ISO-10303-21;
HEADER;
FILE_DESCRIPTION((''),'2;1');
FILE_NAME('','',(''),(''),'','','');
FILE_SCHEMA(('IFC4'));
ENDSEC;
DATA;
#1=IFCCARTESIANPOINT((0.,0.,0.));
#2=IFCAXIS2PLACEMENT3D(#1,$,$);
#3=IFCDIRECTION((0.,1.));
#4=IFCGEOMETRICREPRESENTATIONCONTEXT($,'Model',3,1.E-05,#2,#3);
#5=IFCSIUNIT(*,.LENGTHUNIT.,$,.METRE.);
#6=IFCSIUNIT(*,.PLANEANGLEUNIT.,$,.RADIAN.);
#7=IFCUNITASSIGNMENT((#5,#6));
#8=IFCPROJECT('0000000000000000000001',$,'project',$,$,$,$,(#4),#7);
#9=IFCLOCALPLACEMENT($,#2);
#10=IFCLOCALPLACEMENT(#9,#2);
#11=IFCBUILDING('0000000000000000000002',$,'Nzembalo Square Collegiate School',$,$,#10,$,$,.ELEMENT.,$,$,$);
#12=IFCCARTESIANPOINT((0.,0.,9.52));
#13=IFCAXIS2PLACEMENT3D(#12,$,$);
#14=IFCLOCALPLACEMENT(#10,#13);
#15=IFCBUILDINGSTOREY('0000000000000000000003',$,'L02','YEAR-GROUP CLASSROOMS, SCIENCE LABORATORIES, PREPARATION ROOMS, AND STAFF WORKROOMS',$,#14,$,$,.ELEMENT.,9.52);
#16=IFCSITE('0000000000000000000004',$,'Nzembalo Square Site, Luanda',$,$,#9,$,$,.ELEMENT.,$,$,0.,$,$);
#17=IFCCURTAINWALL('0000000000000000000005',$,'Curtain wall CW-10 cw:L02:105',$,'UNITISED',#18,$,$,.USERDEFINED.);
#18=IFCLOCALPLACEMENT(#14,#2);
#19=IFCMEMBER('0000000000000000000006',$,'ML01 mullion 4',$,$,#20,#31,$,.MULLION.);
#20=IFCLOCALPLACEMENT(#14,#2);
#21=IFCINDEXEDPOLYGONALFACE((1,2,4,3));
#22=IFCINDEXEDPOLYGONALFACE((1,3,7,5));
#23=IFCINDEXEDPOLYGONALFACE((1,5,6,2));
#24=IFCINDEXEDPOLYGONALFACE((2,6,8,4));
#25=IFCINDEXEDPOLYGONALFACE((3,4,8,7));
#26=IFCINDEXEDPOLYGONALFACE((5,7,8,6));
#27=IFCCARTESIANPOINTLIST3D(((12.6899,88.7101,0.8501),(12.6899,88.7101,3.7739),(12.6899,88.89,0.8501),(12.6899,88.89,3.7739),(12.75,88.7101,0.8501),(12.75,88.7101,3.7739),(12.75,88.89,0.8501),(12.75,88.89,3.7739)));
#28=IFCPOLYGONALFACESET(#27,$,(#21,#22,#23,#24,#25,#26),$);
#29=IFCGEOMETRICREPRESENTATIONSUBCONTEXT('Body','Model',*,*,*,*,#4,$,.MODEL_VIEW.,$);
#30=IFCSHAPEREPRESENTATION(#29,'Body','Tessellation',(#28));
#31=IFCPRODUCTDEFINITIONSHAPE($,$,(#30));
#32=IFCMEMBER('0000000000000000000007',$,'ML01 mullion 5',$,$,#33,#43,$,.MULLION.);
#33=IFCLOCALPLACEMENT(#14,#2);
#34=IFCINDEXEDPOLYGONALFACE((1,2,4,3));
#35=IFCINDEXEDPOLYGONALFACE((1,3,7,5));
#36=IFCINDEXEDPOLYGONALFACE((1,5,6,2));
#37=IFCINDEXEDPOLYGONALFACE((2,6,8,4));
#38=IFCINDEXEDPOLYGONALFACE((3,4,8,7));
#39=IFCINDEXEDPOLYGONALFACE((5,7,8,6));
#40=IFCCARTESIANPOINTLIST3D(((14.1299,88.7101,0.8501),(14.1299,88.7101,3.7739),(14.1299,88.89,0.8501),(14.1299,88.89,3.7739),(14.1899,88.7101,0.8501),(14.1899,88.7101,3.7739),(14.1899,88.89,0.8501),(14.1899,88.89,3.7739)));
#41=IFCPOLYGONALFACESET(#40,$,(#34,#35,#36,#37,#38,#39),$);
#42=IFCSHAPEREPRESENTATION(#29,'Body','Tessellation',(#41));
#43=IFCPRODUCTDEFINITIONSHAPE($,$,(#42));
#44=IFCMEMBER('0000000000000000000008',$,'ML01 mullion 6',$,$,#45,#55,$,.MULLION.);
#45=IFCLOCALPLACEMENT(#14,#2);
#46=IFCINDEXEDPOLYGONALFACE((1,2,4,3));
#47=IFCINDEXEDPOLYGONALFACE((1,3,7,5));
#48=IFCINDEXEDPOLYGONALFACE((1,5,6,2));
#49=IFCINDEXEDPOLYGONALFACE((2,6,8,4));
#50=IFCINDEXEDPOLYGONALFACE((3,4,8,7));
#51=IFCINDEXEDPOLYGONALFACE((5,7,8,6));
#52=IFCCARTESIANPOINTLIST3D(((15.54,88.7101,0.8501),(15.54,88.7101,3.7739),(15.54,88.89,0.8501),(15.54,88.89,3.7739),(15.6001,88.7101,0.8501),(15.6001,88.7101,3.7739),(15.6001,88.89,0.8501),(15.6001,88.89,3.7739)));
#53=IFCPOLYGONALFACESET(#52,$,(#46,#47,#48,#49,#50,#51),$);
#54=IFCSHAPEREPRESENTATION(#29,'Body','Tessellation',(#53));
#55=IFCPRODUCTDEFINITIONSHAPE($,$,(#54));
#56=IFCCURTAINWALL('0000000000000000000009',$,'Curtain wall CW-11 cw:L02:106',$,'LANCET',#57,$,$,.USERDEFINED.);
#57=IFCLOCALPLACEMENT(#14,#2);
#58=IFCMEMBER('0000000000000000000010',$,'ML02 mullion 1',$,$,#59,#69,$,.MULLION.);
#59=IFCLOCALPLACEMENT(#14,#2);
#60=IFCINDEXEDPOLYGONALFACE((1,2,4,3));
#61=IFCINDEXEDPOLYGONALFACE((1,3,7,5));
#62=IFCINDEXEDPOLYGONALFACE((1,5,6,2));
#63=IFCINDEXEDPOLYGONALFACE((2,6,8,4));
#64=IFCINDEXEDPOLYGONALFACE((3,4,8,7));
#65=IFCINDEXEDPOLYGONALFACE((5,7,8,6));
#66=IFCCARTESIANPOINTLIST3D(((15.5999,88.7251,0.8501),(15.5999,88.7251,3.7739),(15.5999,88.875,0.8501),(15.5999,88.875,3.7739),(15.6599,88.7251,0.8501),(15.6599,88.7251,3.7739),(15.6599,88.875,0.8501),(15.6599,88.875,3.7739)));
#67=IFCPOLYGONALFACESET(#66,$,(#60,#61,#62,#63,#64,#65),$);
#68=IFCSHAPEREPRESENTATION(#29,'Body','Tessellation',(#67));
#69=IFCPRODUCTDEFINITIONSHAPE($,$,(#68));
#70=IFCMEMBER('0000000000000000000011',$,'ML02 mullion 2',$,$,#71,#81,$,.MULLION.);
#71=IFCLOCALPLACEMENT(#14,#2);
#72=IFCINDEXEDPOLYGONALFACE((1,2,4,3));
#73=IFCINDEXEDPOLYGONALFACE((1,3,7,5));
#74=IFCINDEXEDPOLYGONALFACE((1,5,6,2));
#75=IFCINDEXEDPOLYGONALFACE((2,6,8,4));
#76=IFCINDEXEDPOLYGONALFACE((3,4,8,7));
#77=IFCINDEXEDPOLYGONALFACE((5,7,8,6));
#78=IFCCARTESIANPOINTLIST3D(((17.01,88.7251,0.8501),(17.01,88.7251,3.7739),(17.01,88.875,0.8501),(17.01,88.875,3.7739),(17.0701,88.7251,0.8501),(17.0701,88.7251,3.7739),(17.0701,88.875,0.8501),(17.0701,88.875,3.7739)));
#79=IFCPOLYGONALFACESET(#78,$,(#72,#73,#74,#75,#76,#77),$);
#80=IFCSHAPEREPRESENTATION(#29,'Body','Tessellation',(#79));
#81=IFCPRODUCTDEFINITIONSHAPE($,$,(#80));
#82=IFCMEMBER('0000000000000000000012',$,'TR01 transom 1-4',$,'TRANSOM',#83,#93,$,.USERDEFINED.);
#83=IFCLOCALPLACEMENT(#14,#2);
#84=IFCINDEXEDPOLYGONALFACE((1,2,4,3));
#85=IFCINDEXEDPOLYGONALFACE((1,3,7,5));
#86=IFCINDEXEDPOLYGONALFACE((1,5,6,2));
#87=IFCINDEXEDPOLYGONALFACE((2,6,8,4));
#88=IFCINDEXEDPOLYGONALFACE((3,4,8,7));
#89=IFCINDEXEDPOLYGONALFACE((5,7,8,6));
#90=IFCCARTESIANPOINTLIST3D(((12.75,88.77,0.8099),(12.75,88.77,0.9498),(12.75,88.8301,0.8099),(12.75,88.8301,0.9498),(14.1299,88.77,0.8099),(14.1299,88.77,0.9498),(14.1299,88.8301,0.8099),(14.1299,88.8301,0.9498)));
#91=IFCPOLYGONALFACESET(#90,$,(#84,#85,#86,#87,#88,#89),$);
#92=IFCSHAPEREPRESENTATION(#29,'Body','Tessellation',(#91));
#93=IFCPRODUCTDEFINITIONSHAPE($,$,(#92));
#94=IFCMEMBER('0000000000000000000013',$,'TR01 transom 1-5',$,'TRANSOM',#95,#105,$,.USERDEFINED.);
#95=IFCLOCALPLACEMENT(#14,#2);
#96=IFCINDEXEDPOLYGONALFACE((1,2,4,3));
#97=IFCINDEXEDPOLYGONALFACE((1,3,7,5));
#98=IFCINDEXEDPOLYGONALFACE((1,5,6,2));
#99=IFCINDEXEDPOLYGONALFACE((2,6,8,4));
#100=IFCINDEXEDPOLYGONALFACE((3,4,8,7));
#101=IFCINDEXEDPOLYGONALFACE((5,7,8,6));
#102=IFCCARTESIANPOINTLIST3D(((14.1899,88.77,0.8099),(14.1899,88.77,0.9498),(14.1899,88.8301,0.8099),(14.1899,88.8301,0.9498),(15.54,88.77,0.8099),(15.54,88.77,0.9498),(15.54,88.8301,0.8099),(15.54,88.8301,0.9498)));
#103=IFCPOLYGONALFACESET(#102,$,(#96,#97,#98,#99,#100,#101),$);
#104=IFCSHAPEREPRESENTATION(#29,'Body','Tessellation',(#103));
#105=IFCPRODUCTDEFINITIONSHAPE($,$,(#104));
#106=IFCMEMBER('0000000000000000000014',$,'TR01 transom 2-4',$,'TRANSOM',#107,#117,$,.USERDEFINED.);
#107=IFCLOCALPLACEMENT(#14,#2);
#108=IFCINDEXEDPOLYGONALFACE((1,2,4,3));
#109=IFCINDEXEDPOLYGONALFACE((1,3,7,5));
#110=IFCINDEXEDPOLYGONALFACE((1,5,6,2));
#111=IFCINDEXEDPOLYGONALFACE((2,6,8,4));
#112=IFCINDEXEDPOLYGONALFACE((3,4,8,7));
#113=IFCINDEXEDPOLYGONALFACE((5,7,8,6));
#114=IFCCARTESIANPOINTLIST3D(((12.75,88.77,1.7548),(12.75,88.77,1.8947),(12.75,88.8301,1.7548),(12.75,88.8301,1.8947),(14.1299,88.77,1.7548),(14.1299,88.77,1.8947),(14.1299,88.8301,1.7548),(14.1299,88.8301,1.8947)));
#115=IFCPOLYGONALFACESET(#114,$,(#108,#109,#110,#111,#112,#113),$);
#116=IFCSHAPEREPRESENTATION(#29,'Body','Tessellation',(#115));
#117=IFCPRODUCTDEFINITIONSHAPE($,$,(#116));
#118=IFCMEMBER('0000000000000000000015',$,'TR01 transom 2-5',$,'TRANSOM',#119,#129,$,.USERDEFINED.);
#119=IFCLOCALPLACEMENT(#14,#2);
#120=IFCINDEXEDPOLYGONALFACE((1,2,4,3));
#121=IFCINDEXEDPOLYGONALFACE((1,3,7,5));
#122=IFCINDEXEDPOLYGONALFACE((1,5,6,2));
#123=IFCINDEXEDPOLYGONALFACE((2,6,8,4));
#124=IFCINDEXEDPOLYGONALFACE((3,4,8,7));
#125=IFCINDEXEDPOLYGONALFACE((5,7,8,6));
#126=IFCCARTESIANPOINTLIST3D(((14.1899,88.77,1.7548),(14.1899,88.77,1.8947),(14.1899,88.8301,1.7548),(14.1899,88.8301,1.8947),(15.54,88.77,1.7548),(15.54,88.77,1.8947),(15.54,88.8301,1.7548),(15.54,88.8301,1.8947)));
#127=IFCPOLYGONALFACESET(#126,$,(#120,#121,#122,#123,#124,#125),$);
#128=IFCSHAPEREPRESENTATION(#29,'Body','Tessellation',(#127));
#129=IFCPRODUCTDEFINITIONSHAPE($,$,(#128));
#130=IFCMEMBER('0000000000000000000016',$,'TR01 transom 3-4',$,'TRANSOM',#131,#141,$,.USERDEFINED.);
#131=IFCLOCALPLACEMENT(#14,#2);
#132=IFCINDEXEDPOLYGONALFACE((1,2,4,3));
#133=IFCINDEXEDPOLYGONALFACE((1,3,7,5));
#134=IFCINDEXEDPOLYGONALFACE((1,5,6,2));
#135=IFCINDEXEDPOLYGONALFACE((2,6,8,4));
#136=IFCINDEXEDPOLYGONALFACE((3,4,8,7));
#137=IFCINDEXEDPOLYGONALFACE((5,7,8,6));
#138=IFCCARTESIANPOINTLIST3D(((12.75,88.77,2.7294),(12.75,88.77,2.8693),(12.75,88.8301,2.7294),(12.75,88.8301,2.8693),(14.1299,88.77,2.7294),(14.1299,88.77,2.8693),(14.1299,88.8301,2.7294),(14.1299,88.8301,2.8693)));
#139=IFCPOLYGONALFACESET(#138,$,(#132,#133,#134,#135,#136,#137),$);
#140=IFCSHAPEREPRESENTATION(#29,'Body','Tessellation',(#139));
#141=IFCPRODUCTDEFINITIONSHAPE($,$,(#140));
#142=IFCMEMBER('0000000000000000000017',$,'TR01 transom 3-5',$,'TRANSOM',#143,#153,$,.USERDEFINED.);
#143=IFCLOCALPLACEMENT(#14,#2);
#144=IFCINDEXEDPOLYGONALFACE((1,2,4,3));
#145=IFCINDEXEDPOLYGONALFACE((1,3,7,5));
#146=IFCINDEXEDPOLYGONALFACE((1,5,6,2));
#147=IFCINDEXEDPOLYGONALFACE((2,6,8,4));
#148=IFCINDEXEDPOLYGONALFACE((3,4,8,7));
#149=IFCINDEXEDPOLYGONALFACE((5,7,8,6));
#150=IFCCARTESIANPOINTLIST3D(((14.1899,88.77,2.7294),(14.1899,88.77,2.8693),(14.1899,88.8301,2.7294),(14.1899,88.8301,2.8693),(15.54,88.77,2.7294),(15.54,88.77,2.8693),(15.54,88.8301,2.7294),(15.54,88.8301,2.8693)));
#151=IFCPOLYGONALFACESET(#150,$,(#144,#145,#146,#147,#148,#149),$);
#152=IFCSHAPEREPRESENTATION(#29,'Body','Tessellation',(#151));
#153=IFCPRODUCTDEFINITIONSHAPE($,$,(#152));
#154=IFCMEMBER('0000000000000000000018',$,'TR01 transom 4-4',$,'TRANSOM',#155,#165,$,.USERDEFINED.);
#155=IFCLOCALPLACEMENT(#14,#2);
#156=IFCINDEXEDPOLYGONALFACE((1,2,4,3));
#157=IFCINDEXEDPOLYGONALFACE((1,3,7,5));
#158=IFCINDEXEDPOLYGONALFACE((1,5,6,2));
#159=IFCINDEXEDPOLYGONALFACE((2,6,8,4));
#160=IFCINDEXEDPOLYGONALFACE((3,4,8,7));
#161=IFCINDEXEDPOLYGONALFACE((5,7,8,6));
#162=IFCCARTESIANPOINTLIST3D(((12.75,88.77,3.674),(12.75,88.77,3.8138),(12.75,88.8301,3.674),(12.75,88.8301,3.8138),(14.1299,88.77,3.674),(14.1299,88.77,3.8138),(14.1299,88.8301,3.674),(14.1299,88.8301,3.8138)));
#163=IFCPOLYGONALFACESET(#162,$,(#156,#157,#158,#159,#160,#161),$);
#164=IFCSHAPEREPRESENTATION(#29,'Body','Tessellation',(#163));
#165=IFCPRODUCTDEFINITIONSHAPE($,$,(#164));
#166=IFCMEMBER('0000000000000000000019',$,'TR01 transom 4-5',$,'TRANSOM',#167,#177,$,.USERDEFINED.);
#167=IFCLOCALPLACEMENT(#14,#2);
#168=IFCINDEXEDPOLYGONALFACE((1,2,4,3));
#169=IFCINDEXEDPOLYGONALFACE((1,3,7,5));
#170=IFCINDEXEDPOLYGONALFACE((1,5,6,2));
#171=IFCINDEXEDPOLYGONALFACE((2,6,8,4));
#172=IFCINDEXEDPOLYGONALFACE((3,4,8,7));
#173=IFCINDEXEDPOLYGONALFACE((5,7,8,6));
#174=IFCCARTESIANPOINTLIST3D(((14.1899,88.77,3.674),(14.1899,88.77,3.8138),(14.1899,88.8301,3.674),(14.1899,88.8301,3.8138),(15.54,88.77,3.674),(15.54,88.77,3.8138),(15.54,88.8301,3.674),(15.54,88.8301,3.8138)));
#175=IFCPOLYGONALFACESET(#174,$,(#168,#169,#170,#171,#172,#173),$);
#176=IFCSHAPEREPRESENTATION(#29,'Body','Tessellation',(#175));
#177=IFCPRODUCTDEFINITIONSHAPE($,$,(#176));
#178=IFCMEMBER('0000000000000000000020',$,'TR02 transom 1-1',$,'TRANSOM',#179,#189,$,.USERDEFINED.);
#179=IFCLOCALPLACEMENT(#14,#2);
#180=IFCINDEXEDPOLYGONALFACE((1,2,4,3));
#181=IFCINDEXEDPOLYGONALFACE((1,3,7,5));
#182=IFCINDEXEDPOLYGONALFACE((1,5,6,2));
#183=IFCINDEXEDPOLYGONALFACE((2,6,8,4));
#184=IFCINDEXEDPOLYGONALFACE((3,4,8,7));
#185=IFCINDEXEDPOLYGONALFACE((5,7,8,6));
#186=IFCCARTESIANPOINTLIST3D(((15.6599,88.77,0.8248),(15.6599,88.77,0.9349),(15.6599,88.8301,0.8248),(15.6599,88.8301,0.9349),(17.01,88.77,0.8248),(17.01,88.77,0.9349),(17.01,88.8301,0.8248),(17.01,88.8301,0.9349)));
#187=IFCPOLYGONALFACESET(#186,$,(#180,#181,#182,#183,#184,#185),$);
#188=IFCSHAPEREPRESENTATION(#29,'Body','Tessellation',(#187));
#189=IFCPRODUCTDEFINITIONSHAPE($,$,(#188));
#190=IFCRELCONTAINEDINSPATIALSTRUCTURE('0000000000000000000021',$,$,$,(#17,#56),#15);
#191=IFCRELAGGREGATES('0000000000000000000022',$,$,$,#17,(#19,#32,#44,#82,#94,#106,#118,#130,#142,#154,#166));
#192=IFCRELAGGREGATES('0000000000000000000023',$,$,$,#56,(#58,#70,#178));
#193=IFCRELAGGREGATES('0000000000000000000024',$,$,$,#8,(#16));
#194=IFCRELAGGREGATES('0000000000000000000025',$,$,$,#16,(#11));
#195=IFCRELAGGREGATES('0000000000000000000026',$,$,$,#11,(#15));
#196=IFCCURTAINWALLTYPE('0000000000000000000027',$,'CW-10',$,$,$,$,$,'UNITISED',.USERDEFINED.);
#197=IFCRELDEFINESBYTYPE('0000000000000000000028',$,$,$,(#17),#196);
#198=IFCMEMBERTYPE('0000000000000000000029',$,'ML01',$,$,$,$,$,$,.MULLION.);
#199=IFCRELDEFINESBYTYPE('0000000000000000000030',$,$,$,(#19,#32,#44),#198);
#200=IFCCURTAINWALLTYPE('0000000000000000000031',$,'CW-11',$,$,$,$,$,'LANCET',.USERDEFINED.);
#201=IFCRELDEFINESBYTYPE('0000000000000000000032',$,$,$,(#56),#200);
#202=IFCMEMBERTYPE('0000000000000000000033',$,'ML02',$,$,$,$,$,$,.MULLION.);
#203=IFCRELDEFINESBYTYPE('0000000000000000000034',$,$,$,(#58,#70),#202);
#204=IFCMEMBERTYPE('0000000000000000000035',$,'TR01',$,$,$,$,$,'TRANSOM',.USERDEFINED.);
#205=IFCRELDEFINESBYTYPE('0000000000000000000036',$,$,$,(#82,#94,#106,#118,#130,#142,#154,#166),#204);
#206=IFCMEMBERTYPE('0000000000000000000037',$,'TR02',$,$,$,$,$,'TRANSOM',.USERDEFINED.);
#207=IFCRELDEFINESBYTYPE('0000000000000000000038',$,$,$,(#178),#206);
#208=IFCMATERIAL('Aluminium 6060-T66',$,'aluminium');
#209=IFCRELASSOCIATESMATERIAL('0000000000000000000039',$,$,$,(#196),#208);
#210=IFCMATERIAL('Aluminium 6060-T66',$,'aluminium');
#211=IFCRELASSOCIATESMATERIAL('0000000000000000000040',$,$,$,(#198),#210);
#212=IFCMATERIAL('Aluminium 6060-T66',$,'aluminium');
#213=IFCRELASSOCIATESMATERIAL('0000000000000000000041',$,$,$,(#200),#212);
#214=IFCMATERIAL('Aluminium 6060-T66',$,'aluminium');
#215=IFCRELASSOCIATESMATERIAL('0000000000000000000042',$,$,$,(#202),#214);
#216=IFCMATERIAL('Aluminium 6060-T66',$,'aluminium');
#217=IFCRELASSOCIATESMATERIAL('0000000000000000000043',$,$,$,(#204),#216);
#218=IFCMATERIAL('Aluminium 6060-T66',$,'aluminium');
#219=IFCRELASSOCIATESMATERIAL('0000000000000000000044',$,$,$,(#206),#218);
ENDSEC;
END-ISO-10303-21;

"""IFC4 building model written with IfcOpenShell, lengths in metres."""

from ifc_helpers import new_model, si_unit, direction, frame, origin, origin_2d, place, context, subcontext, project, spatial, rectangle, extrude, material, material_profile, profile_set, type_object, element, aggregate, save


model = new_model("IFC4")

# Units and contexts
model_context = context("Model", 3, precision=1e-05, world=origin(), true_north=direction((0.0, 1.0)))
body_context = subcontext(model_context, "Body", "Model", "MODEL_VIEW")
ifc_project = project(units=[si_unit("LENGTHUNIT", "METRE"), si_unit("PLANEANGLEUNIT", "RADIAN")], contexts=[model_context])

# Site, building, storey
site_placement = place(None, origin())
site = spatial("IfcSite", under=ifc_project, at=site_placement, Name="Nzembalo Square Site, Luanda", CompositionType="ELEMENT", RefElevation=0.0)
building_placement = place(site_placement, origin())
building = spatial("IfcBuilding", under=site, at=building_placement, Name="Nzembalo Square Collegiate School", CompositionType="ELEMENT")
storey_placement = place(building_placement, frame((0.0, 0.0, 9.52)))
storey = spatial("IfcBuildingStorey", under=building, at=storey_placement, Name="L02", Description="YEAR-GROUP CLASSROOMS, SCIENCE LABORATORIES, PREPARATION ROOMS, AND STAFF WORKROOMS", CompositionType="ELEMENT", Elevation=9.52)

# Curtain walls, members
ifc_material_1 = material(Name="Aluminium 6060-T66", Category="aluminium")
curtain_wall_type_1 = type_object("IfcCurtainWallType", Name="CW-10", ElementType="UNITISED", PredefinedType="USERDEFINED", material=ifc_material_1)
curtain_wall_1_placement = place(storey_placement, origin())
curtain_wall_1 = element("IfcCurtainWall", 1, at=curtain_wall_1_placement, inside=storey, type_object=curtain_wall_type_1, Name="Curtain wall CW-10 cw:L02:105", ObjectType="UNITISED", PredefinedType="USERDEFINED")
ifc_material_2 = material(Name="Aluminium 6060-T66", Category="aluminium")
ifc_material_profile_1 = material_profile(ifc_material_2, rectangle(XDim=0.0601, YDim=0.1799, at=origin_2d()), Name="ALU M60x180")
ifc_profile_set_1 = profile_set([ifc_material_profile_1], Name="Aluminium 6060-T66")
member_type_1 = type_object("IfcMemberType", Name="ML01", PredefinedType="MULLION", material=ifc_profile_set_1)
member_1_placement = place(storey_placement, frame((12.72, 88.8, 0.8501), z_axis=(0.0, 0.0, 1.0), x_axis=(1.0, 0.0, 0.0)))
member_1 = element("IfcMember", 2, at=member_1_placement, type_object=member_type_1, Name="ML01 mullion 4", PredefinedType="MULLION", context=body_context, shape_type="SweptSolid", body=[
    extrude(rectangle(XDim=0.0601, YDim=0.1799, at=origin_2d()), origin(), (0.0, 0.0, 1.0), 2.9238),
])
member_2_placement = place(storey_placement, frame((14.1599, 88.8, 0.8501), z_axis=(0.0, 0.0, 1.0), x_axis=(1.0, 0.0, 0.0)))
member_2 = element("IfcMember", 3, at=member_2_placement, type_object=member_type_1, Name="ML01 mullion 5", PredefinedType="MULLION", context=body_context, shape_type="SweptSolid", body=[
    extrude(rectangle(XDim=0.0601, YDim=0.1799, at=origin_2d()), origin(), (0.0, 0.0, 1.0), 2.9238),
])
member_3_placement = place(storey_placement, frame((15.5701, 88.8, 0.8501), z_axis=(0.0, 0.0, 1.0), x_axis=(1.0, 0.0, 0.0)))
member_3 = element("IfcMember", 4, at=member_3_placement, type_object=member_type_1, Name="ML01 mullion 6", PredefinedType="MULLION", context=body_context, shape_type="SweptSolid", body=[
    extrude(rectangle(XDim=0.0601, YDim=0.1799, at=origin_2d()), origin(), (0.0, 0.0, 1.0), 2.9238),
])
ifc_material_3 = material(Name="Aluminium 6060-T66", Category="aluminium")
curtain_wall_type_2 = type_object("IfcCurtainWallType", Name="CW-11", ElementType="LANCET", PredefinedType="USERDEFINED", material=ifc_material_3)
curtain_wall_2_placement = place(storey_placement, origin())
curtain_wall_2 = element("IfcCurtainWall", 5, at=curtain_wall_2_placement, inside=storey, type_object=curtain_wall_type_2, Name="Curtain wall CW-11 cw:L02:106", ObjectType="LANCET", PredefinedType="USERDEFINED")
ifc_material_4 = material(Name="Aluminium 6060-T66", Category="aluminium")
ifc_material_profile_2 = material_profile(ifc_material_4, rectangle(XDim=0.0601, YDim=0.1499, at=origin_2d()), Name="ALU M60x150")
ifc_profile_set_2 = profile_set([ifc_material_profile_2], Name="Aluminium 6060-T66")
member_type_2 = type_object("IfcMemberType", Name="ML02", PredefinedType="MULLION", material=ifc_profile_set_2)
member_4_placement = place(storey_placement, frame((15.6299, 88.8, 0.8501), z_axis=(0.0, 0.0, 1.0), x_axis=(1.0, 0.0, 0.0)))
member_4 = element("IfcMember", 6, at=member_4_placement, type_object=member_type_2, Name="ML02 mullion 1", PredefinedType="MULLION", context=body_context, shape_type="SweptSolid", body=[
    extrude(rectangle(XDim=0.0601, YDim=0.1499, at=origin_2d()), origin(), (0.0, 0.0, 1.0), 2.9238),
])
member_5_placement = place(storey_placement, frame((17.04, 88.8, 0.8501), z_axis=(0.0, 0.0, 1.0), x_axis=(1.0, 0.0, 0.0)))
member_5 = element("IfcMember", 7, at=member_5_placement, type_object=member_type_2, Name="ML02 mullion 2", PredefinedType="MULLION", context=body_context, shape_type="SweptSolid", body=[
    extrude(rectangle(XDim=0.0601, YDim=0.1499, at=origin_2d()), origin(), (0.0, 0.0, 1.0), 2.9238),
])

# Members
ifc_material_5 = material(Name="Aluminium 6060-T66", Category="aluminium")
ifc_material_profile_3 = material_profile(ifc_material_5, rectangle(XDim=0.0601, YDim=0.1399, at=origin_2d()), Name="ALU T60x140")
ifc_profile_set_3 = profile_set([ifc_material_profile_3], Name="Aluminium 6060-T66")
member_type_3 = type_object("IfcMemberType", Name="TR01", ElementType="TRANSOM", PredefinedType="USERDEFINED", material=ifc_profile_set_3)
member_6_placement = place(storey_placement, frame((12.75, 88.8, 0.8799), z_axis=(1.0, 0.0, 0.0), x_axis=(0.0, 1.0, 0.0)))
member_6 = element("IfcMember", 8, at=member_6_placement, type_object=member_type_3, Name="TR01 transom 1-4", ObjectType="TRANSOM", PredefinedType="USERDEFINED", context=body_context, shape_type="SweptSolid", body=[
    extrude(rectangle(XDim=0.0601, YDim=0.1399, at=origin_2d()), origin(), (0.0, 0.0, 1.0), 1.3799),
])
member_7_placement = place(storey_placement, frame((14.1899, 88.8, 0.8799), z_axis=(1.0, 0.0, 0.0), x_axis=(0.0, 1.0, 0.0)))
member_7 = element("IfcMember", 9, at=member_7_placement, type_object=member_type_3, Name="TR01 transom 1-5", ObjectType="TRANSOM", PredefinedType="USERDEFINED", context=body_context, shape_type="SweptSolid", body=[
    extrude(rectangle(XDim=0.0601, YDim=0.1399, at=origin_2d()), origin(), (0.0, 0.0, 1.0), 1.3501),
])
member_8_placement = place(storey_placement, frame((12.75, 88.8, 1.8247), z_axis=(1.0, 0.0, 0.0), x_axis=(0.0, 1.0, 0.0)))
member_8 = element("IfcMember", 10, at=member_8_placement, type_object=member_type_3, Name="TR01 transom 2-4", ObjectType="TRANSOM", PredefinedType="USERDEFINED", context=body_context, shape_type="SweptSolid", body=[
    extrude(rectangle(XDim=0.0601, YDim=0.1399, at=origin_2d()), origin(), (0.0, 0.0, 1.0), 1.3799),
])
member_9_placement = place(storey_placement, frame((14.1899, 88.8, 1.8247), z_axis=(1.0, 0.0, 0.0), x_axis=(0.0, 1.0, 0.0)))
member_9 = element("IfcMember", 11, at=member_9_placement, type_object=member_type_3, Name="TR01 transom 2-5", ObjectType="TRANSOM", PredefinedType="USERDEFINED", context=body_context, shape_type="SweptSolid", body=[
    extrude(rectangle(XDim=0.0601, YDim=0.1399, at=origin_2d()), origin(), (0.0, 0.0, 1.0), 1.3501),
])
member_10_placement = place(storey_placement, frame((12.75, 88.8, 2.7993), z_axis=(1.0, 0.0, 0.0), x_axis=(0.0, 1.0, 0.0)))
member_10 = element("IfcMember", 12, at=member_10_placement, type_object=member_type_3, Name="TR01 transom 3-4", ObjectType="TRANSOM", PredefinedType="USERDEFINED", context=body_context, shape_type="SweptSolid", body=[
    extrude(rectangle(XDim=0.0601, YDim=0.1399, at=origin_2d()), origin(), (0.0, 0.0, 1.0), 1.3799),
])
member_11_placement = place(storey_placement, frame((14.1899, 88.8, 2.7993), z_axis=(1.0, 0.0, 0.0), x_axis=(0.0, 1.0, 0.0)))
member_11 = element("IfcMember", 13, at=member_11_placement, type_object=member_type_3, Name="TR01 transom 3-5", ObjectType="TRANSOM", PredefinedType="USERDEFINED", context=body_context, shape_type="SweptSolid", body=[
    extrude(rectangle(XDim=0.0601, YDim=0.1399, at=origin_2d()), origin(), (0.0, 0.0, 1.0), 1.3501),
])
member_12_placement = place(storey_placement, frame((12.75, 88.8, 3.7439), z_axis=(1.0, 0.0, 0.0), x_axis=(0.0, 1.0, 0.0)))
member_12 = element("IfcMember", 14, at=member_12_placement, type_object=member_type_3, Name="TR01 transom 4-4", ObjectType="TRANSOM", PredefinedType="USERDEFINED", context=body_context, shape_type="SweptSolid", body=[
    extrude(rectangle(XDim=0.0601, YDim=0.1399, at=origin_2d()), origin(), (0.0, 0.0, 1.0), 1.3799),
])
member_13_placement = place(storey_placement, frame((14.1899, 88.8, 3.7439), z_axis=(1.0, 0.0, 0.0), x_axis=(0.0, 1.0, 0.0)))
member_13 = element("IfcMember", 15, at=member_13_placement, type_object=member_type_3, Name="TR01 transom 4-5", ObjectType="TRANSOM", PredefinedType="USERDEFINED", context=body_context, shape_type="SweptSolid", body=[
    extrude(rectangle(XDim=0.0601, YDim=0.1399, at=origin_2d()), origin(), (0.0, 0.0, 1.0), 1.3501),
])
ifc_material_6 = material(Name="Aluminium 6060-T66", Category="aluminium")
ifc_material_profile_4 = material_profile(ifc_material_6, rectangle(XDim=0.0601, YDim=0.1101, at=origin_2d()), Name="ALU T60x110")
ifc_profile_set_4 = profile_set([ifc_material_profile_4], Name="Aluminium 6060-T66")
member_type_4 = type_object("IfcMemberType", Name="TR02", ElementType="TRANSOM", PredefinedType="USERDEFINED", material=ifc_profile_set_4)
member_14_placement = place(storey_placement, frame((15.6599, 88.8, 0.8799), z_axis=(1.0, 0.0, 0.0), x_axis=(0.0, 1.0, 0.0)))
member_14 = element("IfcMember", 16, at=member_14_placement, type_object=member_type_4, Name="TR02 transom 1-1", ObjectType="TRANSOM", PredefinedType="USERDEFINED", context=body_context, shape_type="SweptSolid", body=[
    extrude(rectangle(XDim=0.0601, YDim=0.1101, at=origin_2d()), origin(), (0.0, 0.0, 1.0), 1.3501),
])

aggregate(curtain_wall_1, [member_1, member_2, member_3, member_6, member_7, member_8, member_9, member_10, member_11, member_12, member_13])
aggregate(curtain_wall_2, [member_4, member_5, member_14])

save(model, "model.ifc")
